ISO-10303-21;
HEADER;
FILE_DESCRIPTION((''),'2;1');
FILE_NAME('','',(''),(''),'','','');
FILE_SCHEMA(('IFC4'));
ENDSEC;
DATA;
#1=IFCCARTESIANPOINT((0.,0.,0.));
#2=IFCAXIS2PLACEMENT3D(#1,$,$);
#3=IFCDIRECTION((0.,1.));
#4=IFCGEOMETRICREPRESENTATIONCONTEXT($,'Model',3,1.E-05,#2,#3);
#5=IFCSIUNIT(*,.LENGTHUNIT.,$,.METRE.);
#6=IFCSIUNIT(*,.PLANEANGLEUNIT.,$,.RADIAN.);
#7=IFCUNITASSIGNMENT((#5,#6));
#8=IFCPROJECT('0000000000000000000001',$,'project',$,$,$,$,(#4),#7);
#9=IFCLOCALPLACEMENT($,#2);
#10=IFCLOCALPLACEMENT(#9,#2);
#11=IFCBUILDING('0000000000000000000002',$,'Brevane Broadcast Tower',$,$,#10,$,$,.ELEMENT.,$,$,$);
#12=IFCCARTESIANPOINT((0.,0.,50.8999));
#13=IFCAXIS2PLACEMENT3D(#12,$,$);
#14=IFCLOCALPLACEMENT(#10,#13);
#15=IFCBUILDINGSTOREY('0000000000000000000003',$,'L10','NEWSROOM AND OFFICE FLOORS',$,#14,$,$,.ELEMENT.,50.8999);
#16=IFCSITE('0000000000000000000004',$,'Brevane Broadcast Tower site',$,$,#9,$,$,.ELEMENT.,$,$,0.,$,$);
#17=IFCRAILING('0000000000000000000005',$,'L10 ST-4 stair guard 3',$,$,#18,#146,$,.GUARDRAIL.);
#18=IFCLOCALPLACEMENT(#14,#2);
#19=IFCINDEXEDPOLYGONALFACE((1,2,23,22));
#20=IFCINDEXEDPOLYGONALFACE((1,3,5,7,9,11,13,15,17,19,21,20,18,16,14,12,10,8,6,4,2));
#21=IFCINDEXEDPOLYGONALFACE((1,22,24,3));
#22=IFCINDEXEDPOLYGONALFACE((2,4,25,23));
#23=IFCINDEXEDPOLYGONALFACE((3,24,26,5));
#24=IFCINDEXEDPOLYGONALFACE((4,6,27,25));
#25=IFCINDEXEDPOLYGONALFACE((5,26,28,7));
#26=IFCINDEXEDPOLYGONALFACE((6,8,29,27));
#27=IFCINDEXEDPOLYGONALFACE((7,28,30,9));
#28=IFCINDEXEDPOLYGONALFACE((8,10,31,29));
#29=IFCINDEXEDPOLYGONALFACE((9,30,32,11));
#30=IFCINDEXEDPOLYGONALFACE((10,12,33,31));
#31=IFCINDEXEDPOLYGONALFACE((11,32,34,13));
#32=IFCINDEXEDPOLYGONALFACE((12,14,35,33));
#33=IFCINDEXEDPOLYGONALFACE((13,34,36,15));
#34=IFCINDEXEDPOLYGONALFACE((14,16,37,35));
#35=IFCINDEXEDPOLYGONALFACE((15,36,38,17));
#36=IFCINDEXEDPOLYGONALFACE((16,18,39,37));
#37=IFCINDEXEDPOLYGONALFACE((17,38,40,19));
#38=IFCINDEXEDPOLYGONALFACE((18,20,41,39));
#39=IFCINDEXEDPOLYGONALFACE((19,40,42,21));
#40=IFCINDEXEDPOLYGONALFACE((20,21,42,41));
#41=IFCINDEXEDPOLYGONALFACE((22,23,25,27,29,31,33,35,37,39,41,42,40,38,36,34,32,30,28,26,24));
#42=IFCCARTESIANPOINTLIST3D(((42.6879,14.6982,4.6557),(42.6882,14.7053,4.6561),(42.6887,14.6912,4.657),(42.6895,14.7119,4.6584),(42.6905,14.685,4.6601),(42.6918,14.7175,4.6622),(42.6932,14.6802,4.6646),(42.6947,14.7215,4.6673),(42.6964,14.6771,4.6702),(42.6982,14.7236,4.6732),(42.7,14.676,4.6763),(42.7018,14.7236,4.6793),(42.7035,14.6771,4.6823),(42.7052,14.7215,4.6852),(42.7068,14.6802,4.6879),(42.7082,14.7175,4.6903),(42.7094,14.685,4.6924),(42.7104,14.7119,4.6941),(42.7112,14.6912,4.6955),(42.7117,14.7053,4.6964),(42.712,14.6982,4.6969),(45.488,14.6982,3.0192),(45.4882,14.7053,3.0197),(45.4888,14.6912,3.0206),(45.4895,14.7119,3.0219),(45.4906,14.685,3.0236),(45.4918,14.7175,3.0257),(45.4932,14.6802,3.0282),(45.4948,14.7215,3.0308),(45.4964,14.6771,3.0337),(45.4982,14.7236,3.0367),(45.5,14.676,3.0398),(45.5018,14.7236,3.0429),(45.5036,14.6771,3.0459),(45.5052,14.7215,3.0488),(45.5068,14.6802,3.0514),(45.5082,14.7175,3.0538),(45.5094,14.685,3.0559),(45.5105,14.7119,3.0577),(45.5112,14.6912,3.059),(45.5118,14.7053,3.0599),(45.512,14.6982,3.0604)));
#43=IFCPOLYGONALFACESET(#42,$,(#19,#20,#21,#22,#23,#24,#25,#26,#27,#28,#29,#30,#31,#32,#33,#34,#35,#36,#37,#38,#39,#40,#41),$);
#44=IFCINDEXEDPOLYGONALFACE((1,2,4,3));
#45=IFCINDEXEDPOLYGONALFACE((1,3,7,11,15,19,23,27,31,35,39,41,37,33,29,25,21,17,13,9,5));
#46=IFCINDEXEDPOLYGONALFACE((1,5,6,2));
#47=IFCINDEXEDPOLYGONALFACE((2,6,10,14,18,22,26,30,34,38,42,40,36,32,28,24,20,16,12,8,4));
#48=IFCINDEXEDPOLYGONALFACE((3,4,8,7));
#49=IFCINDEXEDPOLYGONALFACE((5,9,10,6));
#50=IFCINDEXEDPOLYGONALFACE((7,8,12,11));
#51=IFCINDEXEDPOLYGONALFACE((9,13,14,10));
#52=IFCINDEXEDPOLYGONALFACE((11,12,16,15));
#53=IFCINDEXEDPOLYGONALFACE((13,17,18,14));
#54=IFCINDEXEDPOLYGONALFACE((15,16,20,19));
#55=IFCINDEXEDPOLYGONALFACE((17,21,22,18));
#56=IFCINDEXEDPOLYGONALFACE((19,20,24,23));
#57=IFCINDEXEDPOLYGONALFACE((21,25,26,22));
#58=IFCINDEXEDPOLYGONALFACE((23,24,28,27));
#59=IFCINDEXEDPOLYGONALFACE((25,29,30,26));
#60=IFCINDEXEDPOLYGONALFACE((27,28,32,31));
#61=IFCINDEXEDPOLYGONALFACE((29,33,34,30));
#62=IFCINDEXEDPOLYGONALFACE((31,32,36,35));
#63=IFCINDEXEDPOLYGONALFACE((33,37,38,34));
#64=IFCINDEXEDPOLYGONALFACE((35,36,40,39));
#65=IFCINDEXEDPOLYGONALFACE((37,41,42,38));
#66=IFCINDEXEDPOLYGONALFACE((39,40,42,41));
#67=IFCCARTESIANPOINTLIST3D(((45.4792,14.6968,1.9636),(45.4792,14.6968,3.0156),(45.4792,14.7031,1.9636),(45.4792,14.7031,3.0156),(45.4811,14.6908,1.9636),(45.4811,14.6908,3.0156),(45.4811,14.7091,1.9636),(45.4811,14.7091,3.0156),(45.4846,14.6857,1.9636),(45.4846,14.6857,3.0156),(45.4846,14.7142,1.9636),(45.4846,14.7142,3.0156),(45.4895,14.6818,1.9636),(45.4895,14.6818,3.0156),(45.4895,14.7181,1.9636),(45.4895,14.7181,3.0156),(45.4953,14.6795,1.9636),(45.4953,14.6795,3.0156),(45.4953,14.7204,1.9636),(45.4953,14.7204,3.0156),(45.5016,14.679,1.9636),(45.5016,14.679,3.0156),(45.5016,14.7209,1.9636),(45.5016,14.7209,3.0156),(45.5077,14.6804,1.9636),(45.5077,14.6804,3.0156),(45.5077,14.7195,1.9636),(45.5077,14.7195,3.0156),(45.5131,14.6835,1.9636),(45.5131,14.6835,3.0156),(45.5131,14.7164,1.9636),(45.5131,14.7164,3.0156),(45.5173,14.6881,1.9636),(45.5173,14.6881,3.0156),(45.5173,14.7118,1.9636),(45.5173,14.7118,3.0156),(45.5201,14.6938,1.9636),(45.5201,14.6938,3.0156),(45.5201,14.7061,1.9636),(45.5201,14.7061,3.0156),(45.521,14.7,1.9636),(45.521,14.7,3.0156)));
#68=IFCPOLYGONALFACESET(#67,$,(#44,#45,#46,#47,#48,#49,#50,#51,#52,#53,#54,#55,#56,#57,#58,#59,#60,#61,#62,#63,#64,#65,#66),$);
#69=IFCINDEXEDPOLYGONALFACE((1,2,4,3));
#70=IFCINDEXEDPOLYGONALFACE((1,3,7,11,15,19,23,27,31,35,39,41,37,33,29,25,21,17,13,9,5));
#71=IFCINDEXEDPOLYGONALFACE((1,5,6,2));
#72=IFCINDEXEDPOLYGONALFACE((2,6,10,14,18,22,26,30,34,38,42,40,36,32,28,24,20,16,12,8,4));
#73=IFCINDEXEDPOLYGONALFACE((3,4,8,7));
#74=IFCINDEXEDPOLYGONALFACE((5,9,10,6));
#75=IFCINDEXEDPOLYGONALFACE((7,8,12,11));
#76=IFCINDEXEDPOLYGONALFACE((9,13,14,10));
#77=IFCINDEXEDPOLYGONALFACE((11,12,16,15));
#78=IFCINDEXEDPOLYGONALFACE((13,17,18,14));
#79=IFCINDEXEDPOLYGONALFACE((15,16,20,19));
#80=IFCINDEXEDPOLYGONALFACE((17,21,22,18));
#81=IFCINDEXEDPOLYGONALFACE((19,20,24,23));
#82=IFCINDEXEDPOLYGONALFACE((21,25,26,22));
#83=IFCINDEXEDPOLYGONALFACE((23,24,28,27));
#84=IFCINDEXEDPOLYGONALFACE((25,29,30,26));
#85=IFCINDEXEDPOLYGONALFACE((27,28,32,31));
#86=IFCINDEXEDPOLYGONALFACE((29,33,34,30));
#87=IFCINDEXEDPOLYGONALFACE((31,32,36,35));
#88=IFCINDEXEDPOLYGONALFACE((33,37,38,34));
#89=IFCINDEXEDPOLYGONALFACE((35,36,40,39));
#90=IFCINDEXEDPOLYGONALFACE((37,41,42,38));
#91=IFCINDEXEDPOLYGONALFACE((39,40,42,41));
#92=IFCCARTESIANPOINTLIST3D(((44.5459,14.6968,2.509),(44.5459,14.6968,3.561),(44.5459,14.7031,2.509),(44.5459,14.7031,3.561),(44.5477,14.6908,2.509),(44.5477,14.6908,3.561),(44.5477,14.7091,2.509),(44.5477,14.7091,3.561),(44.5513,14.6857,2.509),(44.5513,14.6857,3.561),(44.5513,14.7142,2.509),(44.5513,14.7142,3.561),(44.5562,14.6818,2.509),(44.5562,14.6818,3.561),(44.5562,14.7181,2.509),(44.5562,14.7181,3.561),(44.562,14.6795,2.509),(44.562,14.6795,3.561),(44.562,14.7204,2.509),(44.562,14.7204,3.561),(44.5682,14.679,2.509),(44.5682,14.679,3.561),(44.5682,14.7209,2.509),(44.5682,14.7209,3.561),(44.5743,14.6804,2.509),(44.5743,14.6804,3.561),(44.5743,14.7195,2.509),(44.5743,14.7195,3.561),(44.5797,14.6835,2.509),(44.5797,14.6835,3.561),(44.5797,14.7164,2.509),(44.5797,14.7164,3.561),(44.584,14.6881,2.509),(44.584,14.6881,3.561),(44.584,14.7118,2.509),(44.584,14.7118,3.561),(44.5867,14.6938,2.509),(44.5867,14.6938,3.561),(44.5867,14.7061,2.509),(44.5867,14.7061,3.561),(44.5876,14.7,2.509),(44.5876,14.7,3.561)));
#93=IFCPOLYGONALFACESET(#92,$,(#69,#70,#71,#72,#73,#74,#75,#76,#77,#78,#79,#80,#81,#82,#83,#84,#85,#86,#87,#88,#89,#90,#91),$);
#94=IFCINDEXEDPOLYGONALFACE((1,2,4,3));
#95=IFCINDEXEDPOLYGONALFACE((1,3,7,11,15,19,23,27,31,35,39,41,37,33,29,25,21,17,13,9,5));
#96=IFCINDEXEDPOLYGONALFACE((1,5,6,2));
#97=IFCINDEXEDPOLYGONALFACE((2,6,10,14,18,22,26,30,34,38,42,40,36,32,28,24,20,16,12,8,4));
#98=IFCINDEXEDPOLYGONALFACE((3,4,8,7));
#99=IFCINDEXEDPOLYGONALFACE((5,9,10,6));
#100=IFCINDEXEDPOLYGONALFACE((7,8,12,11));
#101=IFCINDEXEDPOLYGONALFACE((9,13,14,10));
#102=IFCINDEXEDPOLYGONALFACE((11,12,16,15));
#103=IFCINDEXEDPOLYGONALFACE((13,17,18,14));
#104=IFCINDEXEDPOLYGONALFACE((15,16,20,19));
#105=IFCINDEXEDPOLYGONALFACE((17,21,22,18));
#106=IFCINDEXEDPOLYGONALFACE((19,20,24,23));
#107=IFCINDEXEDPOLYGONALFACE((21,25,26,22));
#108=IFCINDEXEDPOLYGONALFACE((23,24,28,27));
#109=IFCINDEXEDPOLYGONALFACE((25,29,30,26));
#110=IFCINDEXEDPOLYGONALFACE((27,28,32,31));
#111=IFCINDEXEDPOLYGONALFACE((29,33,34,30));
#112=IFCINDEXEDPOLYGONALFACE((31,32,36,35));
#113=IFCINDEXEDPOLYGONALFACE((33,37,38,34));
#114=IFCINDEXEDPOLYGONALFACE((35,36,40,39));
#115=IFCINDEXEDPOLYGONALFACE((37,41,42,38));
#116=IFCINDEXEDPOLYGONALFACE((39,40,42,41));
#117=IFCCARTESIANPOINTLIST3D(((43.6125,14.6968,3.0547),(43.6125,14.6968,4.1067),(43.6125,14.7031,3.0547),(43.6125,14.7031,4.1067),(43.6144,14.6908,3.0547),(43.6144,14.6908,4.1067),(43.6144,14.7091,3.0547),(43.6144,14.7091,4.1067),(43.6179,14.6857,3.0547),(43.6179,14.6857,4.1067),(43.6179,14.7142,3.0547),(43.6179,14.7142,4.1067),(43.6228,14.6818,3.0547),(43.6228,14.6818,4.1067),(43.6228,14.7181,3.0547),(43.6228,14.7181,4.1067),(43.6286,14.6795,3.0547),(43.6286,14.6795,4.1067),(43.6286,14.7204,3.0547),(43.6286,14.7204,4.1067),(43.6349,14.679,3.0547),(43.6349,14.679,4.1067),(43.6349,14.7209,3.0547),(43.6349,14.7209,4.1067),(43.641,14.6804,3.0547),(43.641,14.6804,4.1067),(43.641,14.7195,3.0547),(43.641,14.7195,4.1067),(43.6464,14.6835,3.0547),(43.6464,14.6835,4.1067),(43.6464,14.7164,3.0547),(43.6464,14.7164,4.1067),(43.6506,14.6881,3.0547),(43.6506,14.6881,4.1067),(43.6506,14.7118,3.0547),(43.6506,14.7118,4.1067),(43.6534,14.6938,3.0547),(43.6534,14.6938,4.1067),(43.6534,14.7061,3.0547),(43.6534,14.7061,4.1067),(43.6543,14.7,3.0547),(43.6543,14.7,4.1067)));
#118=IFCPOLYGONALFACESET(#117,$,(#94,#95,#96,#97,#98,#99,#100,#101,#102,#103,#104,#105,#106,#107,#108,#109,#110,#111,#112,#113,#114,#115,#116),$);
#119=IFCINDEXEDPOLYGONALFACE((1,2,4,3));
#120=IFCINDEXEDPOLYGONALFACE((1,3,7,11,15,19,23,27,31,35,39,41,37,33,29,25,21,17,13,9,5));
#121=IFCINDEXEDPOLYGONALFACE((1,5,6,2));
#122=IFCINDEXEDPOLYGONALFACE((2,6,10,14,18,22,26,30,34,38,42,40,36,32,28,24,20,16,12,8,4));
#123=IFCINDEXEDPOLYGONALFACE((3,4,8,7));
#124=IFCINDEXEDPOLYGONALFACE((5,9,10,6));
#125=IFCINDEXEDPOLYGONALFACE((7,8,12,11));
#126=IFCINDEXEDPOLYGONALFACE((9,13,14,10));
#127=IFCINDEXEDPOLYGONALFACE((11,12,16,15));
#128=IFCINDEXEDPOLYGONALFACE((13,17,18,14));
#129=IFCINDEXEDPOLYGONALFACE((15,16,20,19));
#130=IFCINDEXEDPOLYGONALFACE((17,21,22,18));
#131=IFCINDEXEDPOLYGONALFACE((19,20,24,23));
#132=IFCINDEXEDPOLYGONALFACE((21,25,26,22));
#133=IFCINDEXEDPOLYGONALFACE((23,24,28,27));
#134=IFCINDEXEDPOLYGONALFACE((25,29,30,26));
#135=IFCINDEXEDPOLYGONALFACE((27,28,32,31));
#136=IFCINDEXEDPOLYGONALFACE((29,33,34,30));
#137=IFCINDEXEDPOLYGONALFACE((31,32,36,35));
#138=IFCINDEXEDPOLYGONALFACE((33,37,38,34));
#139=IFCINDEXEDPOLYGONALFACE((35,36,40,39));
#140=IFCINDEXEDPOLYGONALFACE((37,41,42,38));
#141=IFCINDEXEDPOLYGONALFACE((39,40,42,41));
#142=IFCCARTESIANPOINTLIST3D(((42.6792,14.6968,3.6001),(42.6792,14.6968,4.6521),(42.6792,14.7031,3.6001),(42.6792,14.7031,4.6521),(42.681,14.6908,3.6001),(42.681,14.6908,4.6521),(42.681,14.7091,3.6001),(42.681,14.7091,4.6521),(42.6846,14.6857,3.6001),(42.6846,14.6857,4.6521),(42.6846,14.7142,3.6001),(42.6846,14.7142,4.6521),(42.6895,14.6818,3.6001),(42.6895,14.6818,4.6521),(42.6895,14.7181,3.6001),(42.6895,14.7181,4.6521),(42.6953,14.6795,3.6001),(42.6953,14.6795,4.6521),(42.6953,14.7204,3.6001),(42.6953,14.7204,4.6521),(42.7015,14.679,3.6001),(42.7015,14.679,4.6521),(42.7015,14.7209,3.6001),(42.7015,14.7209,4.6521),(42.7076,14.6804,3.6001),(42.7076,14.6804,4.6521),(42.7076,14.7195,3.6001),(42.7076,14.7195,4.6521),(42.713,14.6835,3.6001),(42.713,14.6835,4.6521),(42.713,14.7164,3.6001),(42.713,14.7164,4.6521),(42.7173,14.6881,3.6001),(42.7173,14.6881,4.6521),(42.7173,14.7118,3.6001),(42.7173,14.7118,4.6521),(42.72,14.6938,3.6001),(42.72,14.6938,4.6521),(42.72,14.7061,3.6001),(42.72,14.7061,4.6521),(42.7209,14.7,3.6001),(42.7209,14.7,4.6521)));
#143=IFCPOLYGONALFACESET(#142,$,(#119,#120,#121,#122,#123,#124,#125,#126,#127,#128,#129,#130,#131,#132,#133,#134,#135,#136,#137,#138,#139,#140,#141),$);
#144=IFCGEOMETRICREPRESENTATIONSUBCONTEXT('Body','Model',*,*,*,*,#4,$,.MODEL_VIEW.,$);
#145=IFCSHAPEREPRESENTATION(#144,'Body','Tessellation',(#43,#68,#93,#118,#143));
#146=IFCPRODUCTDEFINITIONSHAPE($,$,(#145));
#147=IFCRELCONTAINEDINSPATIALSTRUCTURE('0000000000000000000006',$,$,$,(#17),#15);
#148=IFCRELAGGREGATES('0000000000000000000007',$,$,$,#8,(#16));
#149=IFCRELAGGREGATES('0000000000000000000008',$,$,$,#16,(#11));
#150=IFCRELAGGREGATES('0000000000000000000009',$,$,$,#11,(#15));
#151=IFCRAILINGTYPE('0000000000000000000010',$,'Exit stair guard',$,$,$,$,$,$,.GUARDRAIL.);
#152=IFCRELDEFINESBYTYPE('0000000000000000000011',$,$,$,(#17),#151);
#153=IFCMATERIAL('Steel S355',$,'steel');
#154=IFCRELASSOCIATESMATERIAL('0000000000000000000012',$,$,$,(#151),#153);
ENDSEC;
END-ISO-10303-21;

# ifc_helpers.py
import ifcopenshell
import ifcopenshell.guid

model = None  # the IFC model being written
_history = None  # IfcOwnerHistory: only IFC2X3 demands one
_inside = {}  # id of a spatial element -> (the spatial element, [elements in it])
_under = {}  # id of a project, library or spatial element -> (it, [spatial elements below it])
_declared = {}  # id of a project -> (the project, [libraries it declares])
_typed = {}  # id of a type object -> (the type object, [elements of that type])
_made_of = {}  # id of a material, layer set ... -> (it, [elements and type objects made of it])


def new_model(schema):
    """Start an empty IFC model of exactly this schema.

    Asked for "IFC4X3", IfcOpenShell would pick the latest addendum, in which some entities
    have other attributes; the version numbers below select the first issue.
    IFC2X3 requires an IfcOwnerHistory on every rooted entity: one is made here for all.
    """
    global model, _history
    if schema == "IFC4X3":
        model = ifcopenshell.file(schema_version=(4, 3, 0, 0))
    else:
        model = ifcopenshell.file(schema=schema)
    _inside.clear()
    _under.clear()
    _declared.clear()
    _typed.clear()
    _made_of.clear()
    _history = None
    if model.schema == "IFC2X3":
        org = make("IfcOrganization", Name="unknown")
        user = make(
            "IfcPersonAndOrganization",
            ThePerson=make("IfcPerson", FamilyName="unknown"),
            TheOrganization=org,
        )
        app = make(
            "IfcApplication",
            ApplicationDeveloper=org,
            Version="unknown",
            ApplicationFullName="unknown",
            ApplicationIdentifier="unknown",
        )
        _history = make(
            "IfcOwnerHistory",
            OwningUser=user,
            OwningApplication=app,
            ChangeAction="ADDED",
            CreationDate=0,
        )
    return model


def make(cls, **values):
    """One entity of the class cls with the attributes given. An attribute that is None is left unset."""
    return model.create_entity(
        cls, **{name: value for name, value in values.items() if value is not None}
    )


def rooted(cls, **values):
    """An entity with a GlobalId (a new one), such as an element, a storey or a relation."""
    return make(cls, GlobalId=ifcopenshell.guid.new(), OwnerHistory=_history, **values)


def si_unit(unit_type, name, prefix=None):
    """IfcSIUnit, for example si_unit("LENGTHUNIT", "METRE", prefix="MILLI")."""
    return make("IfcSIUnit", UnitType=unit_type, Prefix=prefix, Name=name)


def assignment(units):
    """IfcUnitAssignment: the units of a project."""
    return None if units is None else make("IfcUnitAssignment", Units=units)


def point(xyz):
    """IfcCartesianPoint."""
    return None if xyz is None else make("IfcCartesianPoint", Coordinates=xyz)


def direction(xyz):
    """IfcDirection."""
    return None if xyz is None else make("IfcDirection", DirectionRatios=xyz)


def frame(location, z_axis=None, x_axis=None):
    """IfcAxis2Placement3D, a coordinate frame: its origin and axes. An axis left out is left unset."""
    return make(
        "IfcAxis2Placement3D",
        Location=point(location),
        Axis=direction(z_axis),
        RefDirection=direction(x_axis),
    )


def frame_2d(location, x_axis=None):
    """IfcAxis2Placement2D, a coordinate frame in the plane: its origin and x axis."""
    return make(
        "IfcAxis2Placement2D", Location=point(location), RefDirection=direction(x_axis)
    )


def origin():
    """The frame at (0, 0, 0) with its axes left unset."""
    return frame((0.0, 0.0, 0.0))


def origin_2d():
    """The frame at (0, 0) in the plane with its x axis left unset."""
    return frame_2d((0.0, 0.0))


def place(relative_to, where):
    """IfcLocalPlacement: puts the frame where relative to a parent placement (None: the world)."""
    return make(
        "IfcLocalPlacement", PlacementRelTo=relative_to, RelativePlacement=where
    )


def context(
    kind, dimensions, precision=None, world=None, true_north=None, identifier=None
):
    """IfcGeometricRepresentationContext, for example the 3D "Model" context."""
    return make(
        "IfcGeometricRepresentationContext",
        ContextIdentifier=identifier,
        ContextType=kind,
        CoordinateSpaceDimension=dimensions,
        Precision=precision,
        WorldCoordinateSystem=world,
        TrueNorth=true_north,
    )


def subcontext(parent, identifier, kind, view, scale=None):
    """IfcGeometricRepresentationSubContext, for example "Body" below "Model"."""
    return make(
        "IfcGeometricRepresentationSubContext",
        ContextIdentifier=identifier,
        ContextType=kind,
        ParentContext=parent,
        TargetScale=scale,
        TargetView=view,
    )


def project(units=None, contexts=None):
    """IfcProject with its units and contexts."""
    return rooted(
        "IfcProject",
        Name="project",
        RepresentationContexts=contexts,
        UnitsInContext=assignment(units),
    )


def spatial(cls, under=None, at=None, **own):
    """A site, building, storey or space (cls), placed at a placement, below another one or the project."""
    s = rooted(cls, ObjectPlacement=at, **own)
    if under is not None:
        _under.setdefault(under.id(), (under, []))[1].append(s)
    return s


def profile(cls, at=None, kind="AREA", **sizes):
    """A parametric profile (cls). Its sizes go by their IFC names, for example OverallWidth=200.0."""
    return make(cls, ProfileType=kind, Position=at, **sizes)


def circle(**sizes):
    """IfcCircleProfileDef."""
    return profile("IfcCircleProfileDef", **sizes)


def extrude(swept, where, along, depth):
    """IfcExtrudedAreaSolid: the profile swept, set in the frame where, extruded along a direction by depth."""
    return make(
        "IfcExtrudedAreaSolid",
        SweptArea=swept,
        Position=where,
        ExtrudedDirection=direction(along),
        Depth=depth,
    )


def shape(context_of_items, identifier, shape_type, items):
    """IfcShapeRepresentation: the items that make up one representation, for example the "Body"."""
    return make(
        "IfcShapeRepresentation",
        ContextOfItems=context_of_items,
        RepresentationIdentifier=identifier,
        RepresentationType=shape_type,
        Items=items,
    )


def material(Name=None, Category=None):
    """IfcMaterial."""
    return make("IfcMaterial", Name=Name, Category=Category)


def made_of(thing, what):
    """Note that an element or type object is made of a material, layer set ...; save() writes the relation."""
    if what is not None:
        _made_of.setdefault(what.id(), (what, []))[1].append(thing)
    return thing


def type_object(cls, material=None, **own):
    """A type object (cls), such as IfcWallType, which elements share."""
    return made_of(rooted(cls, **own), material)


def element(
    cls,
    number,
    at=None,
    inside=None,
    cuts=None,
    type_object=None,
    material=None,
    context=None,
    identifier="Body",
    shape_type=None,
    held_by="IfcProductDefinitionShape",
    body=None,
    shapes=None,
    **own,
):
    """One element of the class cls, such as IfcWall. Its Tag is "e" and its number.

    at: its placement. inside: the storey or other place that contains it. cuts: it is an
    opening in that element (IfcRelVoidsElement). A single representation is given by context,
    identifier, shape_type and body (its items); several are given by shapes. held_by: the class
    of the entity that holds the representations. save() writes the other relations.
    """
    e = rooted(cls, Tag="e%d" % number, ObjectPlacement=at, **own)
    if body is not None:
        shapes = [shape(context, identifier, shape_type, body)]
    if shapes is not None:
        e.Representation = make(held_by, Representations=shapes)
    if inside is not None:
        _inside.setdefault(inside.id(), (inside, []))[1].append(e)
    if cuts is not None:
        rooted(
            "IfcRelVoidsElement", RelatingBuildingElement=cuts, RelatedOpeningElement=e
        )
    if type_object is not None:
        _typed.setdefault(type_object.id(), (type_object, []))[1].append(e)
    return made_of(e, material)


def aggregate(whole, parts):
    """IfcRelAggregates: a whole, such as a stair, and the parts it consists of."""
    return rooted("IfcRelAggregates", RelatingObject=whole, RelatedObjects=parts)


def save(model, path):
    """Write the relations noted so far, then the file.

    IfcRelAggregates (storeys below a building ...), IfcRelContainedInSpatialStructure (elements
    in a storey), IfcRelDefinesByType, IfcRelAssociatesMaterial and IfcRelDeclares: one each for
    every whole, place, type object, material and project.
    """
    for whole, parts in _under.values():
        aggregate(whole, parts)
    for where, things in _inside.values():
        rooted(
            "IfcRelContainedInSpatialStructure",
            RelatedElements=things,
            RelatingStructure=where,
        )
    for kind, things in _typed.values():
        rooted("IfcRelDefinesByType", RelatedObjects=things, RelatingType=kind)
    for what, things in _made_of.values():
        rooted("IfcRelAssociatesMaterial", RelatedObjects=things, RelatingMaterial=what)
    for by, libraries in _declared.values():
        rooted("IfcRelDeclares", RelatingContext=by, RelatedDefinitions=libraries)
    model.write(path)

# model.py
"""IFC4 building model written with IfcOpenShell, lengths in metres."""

from ifc_helpers import new_model, si_unit, direction, frame, origin, origin_2d, place, context, subcontext, project, spatial, circle, extrude, material, type_object, element, save


model = new_model("IFC4")

# Units and contexts
model_context = context("Model", 3, precision=1e-05, world=origin(), true_north=direction((0.0, 1.0)))
body_context = subcontext(model_context, "Body", "Model", "MODEL_VIEW")
ifc_project = project(units=[si_unit("LENGTHUNIT", "METRE"), si_unit("PLANEANGLEUNIT", "RADIAN")], contexts=[model_context])

# Site, building, storey
site_placement = place(None, origin())
site = spatial("IfcSite", under=ifc_project, at=site_placement, Name="Brevane Broadcast Tower site", CompositionType="ELEMENT", RefElevation=0.0)
building_placement = place(site_placement, origin())
building = spatial("IfcBuilding", under=site, at=building_placement, Name="Brevane Broadcast Tower", CompositionType="ELEMENT")
storey_placement = place(building_placement, frame((0.0, 0.0, 50.8999)))
storey = spatial("IfcBuildingStorey", under=building, at=storey_placement, Name="L10", Description="NEWSROOM AND OFFICE FLOORS", CompositionType="ELEMENT", Elevation=50.8999)

# Railing
ifc_material_1 = material(Name="Steel S355", Category="steel")
railing_type_1 = type_object("IfcRailingType", Name="Exit stair guard", PredefinedType="GUARDRAIL", material=ifc_material_1)
railing_1_placement = place(storey_placement, frame((45.5, 14.7, 1.9636)))
element("IfcRailing", 1, at=railing_1_placement, inside=storey, type_object=railing_type_1, Name="L10 ST-4 stair guard 3", PredefinedType="GUARDRAIL", context=body_context, shape_type="SweptSolid", body=[
    extrude(circle(Radius=0.0239, at=origin_2d()), frame((0.0, 0.0, 1.0762), z_axis=(-0.863361, 0.0, 0.504587), x_axis=(0.0, -1.0, 0.0)), (0.0, 0.0, 1.0), 3.2432),
    extrude(circle(Radius=0.021, at=origin_2d()), origin(), (0.0, 0.0, 1.0), 1.052),
    extrude(circle(Radius=0.021, at=origin_2d()), frame((-0.9333, 0.0, 0.5454)), (0.0, 0.0, 1.0), 1.052),
    extrude(circle(Radius=0.021, at=origin_2d()), frame((-1.8667, 0.0, 1.0911)), (0.0, 0.0, 1.0), 1.052),
    extrude(circle(Radius=0.021, at=origin_2d()), frame((-2.8, 0.0, 1.6365)), (0.0, 0.0, 1.0), 1.052),
])

save(model, "model.ifc")
